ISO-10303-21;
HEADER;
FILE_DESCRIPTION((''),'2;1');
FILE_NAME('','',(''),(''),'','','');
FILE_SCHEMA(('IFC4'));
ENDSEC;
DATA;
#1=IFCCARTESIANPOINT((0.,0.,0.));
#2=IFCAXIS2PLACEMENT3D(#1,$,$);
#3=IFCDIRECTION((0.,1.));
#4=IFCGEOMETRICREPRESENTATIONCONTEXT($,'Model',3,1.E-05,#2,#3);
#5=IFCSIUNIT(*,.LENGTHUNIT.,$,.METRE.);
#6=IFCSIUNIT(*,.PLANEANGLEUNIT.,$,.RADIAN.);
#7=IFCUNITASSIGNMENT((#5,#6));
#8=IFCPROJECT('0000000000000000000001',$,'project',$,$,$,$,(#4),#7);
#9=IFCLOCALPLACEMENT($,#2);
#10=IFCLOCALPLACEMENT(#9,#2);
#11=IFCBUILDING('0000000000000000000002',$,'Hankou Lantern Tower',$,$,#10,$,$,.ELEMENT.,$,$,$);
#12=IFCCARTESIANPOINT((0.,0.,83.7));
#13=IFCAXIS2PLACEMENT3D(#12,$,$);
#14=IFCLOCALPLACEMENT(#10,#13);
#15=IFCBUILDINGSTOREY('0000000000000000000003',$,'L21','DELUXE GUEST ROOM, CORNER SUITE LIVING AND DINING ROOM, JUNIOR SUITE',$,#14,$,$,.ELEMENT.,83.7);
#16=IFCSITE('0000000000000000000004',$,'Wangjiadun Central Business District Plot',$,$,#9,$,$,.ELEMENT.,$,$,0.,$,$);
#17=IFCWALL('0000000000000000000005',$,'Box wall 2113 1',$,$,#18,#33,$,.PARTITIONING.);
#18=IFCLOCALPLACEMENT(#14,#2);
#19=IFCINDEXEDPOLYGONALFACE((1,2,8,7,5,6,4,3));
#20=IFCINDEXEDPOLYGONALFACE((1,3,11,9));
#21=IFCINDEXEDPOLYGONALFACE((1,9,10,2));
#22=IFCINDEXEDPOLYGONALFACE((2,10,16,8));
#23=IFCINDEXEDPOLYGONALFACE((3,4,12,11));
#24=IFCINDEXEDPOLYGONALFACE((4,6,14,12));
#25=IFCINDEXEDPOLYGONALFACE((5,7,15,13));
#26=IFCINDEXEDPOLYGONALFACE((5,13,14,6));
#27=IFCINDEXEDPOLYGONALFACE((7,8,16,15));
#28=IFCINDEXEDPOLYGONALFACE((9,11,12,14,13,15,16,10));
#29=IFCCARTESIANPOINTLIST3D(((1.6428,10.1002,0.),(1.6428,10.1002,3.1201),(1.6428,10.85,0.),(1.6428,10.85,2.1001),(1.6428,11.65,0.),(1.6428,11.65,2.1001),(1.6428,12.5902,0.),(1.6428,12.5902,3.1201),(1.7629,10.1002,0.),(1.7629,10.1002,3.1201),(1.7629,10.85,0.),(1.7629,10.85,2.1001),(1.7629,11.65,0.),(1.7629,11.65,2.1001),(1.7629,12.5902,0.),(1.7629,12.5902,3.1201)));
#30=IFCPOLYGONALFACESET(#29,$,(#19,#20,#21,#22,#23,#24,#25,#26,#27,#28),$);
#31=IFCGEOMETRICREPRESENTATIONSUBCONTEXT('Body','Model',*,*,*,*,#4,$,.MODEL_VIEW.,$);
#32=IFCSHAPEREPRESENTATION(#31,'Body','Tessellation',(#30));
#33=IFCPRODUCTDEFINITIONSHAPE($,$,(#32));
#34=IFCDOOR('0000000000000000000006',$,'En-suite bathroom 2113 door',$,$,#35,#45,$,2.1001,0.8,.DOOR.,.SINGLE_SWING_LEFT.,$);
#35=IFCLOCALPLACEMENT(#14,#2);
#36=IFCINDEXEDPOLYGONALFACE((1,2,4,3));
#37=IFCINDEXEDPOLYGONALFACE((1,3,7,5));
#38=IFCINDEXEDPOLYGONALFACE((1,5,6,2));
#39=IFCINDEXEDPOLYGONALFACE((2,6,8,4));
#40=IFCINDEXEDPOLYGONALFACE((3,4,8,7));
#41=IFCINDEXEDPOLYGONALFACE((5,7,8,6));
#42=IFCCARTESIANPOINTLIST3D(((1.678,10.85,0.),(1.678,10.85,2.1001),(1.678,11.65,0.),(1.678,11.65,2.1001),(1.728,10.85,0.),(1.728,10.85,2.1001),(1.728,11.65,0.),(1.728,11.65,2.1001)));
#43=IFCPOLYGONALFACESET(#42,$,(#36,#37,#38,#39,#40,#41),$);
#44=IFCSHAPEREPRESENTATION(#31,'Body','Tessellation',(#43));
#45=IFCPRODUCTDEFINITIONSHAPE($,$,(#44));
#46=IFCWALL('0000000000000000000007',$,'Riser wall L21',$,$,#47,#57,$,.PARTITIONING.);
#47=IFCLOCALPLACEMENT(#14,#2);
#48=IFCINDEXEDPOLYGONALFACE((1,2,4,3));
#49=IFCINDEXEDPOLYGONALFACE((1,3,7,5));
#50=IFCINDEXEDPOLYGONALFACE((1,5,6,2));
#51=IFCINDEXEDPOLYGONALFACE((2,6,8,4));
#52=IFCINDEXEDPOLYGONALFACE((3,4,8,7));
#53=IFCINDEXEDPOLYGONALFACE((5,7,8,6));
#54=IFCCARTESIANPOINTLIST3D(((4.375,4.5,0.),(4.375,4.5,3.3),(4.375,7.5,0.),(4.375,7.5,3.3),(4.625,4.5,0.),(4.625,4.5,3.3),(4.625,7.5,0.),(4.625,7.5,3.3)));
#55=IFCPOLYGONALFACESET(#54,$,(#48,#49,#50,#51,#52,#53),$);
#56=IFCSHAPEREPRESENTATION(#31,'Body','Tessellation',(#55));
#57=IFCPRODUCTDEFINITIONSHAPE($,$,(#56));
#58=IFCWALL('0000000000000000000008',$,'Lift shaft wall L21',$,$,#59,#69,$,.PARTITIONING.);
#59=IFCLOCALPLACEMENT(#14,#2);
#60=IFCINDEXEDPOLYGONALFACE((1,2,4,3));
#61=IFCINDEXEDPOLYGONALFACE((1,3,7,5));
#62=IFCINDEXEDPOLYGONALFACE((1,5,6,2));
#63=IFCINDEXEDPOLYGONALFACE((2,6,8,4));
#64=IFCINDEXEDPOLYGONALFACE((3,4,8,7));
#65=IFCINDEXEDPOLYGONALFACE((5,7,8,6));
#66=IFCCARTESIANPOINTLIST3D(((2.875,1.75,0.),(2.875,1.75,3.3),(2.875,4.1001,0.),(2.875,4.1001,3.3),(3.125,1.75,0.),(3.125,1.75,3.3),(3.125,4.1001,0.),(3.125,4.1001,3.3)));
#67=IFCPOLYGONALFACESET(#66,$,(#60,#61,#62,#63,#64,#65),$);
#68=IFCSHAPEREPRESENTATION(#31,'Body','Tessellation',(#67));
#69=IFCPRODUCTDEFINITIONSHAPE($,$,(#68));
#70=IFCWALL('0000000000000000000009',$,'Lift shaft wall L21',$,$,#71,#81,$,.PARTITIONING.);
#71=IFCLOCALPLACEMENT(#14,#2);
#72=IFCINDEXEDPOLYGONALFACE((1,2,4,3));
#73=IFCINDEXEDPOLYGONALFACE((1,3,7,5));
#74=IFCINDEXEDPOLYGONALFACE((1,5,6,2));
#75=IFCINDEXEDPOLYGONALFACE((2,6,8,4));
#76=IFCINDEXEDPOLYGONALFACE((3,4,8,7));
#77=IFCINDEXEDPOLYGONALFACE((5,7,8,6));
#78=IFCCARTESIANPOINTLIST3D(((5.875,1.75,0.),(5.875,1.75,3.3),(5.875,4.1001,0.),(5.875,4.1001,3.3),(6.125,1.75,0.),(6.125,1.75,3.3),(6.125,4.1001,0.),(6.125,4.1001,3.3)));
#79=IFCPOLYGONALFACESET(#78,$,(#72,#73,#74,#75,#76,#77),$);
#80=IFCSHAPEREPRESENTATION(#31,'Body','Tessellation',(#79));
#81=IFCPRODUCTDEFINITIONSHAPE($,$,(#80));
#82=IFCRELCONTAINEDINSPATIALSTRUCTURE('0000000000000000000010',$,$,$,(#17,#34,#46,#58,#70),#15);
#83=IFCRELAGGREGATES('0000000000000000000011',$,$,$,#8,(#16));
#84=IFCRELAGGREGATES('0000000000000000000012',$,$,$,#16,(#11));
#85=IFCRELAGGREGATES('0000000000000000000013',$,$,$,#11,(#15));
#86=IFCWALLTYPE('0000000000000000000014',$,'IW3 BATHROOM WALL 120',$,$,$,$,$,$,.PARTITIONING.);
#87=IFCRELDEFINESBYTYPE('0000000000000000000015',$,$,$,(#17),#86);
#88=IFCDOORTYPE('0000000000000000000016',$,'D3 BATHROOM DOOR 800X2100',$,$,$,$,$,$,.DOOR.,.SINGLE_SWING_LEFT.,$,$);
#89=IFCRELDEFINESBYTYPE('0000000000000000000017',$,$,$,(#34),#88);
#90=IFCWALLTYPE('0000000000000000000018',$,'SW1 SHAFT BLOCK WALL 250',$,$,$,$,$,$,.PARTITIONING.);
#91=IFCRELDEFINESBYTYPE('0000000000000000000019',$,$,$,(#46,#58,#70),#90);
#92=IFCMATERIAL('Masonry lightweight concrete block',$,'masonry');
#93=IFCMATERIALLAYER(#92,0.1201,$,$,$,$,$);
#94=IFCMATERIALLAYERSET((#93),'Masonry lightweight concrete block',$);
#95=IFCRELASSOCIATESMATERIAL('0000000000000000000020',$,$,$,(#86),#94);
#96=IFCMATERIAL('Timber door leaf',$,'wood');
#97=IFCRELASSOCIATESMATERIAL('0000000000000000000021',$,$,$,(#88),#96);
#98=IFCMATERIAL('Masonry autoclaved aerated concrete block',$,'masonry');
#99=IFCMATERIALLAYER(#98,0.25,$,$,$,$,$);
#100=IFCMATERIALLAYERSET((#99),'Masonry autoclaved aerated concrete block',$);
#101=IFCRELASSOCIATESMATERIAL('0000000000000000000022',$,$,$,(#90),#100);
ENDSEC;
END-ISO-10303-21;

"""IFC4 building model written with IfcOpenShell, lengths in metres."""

from ifc_helpers import new_model, si_unit, direction, frame, frame_2d, origin, place, context, subcontext, project, spatial, rectangle, extrude, material, layer, layer_set, type_object, element, fill, save


model = new_model("IFC4")

# Units and contexts
model_context = context("Model", 3, precision=1e-05, world=origin(), true_north=direction((0.0, 1.0)))
body_context = subcontext(model_context, "Body", "Model", "MODEL_VIEW")
ifc_project = project(units=[si_unit("LENGTHUNIT", "METRE"), si_unit("PLANEANGLEUNIT", "RADIAN")], contexts=[model_context])

# Site, building, storey
site_placement = place(None, origin())
site = spatial("IfcSite", under=ifc_project, at=site_placement, Name="Wangjiadun Central Business District Plot", CompositionType="ELEMENT", RefElevation=0.0)
building_placement = place(site_placement, origin())
building = spatial("IfcBuilding", under=site, at=building_placement, Name="Hankou Lantern Tower", CompositionType="ELEMENT")
storey_placement = place(building_placement, frame((0.0, 0.0, 83.7)))
storey = spatial("IfcBuildingStorey", under=building, at=storey_placement, Name="L21", Description="DELUXE GUEST ROOM, CORNER SUITE LIVING AND DINING ROOM, JUNIOR SUITE", CompositionType="ELEMENT", Elevation=83.7)

# Shared definitions
ifc_material_1 = material(Name="Masonry lightweight concrete block", Category="masonry")
ifc_layer_1 = layer(ifc_material_1, 0.1201)
ifc_layer_set_1 = layer_set([ifc_layer_1], Name="Masonry lightweight concrete block")
wall_type_1 = type_object("IfcWallType", Name="IW3 BATHROOM WALL 120", PredefinedType="PARTITIONING", material=ifc_layer_set_1)
ifc_material_2 = material(Name="Timber door leaf", Category="wood")
door_type_1 = type_object("IfcDoorType", Name="D3 BATHROOM DOOR 800X2100", OperationType="SINGLE_SWING_LEFT", PredefinedType="DOOR", material=ifc_material_2)

# Wall, opening, door
wall_1_placement = place(storey_placement, frame((1.7029, 10.1001, 0.0), z_axis=(0.0, 0.0, 1.0), x_axis=(0.0, 1.0, 0.0)))
wall_1 = element("IfcWall", 1, at=wall_1_placement, inside=storey, type_object=wall_type_1, Name="Box wall 2113 1", PredefinedType="PARTITIONING", context=body_context, shape_type="SweptSolid", body=[
    extrude(rectangle(XDim=2.49, YDim=0.1201, at=frame_2d((1.2451, 0.0))), origin(), (0.0, 0.0, 1.0), 3.1201),
])
opening_1_placement = place(wall_1_placement, frame((0.75, 0.0, 0.0)))
opening_1 = element("IfcOpeningElement", 2, at=opening_1_placement, cuts=wall_1, PredefinedType="OPENING", context=body_context, shape_type="SweptSolid", body=[
    extrude(rectangle(XDim=0.8, YDim=2.1001, at=frame_2d((0.3999, 1.05))), frame((0.0, 0.0701, 0.0), z_axis=(0.0, -1.0, 0.0), x_axis=(1.0, 0.0, 0.0)), (0.0, 0.0, 1.0), 0.1401),
])
door_1_placement = place(opening_1_placement, origin())
door_1 = element("IfcDoor", 3, at=door_1_placement, inside=storey, type_object=door_type_1, Name="En-suite bathroom 2113 door", OperationType="SINGLE_SWING_LEFT", OverallHeight=2.1001, OverallWidth=0.8, PredefinedType="DOOR", context=body_context, shape_type="SweptSolid", body=[
    extrude(rectangle(XDim=0.8, YDim=2.1001, at=frame_2d((0.3999, 1.05))), frame((0.0, 0.0249, 0.0), z_axis=(0.0, -1.0, 0.0), x_axis=(1.0, 0.0, 0.0)), (0.0, 0.0, 1.0), 0.05),
])
fill(opening_1, door_1)

# Walls
ifc_material_3 = material(Name="Masonry autoclaved aerated concrete block", Category="masonry")
ifc_layer_2 = layer(ifc_material_3, 0.25)
ifc_layer_set_2 = layer_set([ifc_layer_2], Name="Masonry autoclaved aerated concrete block")
wall_type_2 = type_object("IfcWallType", Name="SW1 SHAFT BLOCK WALL 250", PredefinedType="PARTITIONING", material=ifc_layer_set_2)
wall_2_placement = place(storey_placement, frame((4.5, 4.5, 0.0), z_axis=(0.0, 0.0, 1.0), x_axis=(0.0, 1.0, 0.0)))
element("IfcWall", 4, at=wall_2_placement, inside=storey, type_object=wall_type_2, Name="Riser wall L21", PredefinedType="PARTITIONING", context=body_context, shape_type="SweptSolid", body=[
    extrude(rectangle(XDim=3.0, YDim=0.25, at=frame_2d((1.5, 0.0))), origin(), (0.0, 0.0, 1.0), 3.3),
])
for number, where, z_axis, x_axis, name in (
    (5, (3.0, 1.75, 0.0), (0.0, 0.0, 1.0), (0.0, 1.0, 0.0), "Lift shaft wall L21"),
    (6, (6.0, 1.75, 0.0), (0.0, 0.0, 1.0), (0.0, 1.0, 0.0), "Lift shaft wall L21"),
):
    element("IfcWall", number, at=place(storey_placement, frame(where, z_axis=z_axis, x_axis=x_axis)), inside=storey, type_object=wall_type_2, Name=name, PredefinedType="PARTITIONING", context=body_context, shape_type="SweptSolid", body=[
        extrude(rectangle(XDim=2.3501, YDim=0.25, at=frame_2d((1.175, 0.0))), origin(), (0.0, 0.0, 1.0), 3.3),
    ])

save(model, "model.ifc")
